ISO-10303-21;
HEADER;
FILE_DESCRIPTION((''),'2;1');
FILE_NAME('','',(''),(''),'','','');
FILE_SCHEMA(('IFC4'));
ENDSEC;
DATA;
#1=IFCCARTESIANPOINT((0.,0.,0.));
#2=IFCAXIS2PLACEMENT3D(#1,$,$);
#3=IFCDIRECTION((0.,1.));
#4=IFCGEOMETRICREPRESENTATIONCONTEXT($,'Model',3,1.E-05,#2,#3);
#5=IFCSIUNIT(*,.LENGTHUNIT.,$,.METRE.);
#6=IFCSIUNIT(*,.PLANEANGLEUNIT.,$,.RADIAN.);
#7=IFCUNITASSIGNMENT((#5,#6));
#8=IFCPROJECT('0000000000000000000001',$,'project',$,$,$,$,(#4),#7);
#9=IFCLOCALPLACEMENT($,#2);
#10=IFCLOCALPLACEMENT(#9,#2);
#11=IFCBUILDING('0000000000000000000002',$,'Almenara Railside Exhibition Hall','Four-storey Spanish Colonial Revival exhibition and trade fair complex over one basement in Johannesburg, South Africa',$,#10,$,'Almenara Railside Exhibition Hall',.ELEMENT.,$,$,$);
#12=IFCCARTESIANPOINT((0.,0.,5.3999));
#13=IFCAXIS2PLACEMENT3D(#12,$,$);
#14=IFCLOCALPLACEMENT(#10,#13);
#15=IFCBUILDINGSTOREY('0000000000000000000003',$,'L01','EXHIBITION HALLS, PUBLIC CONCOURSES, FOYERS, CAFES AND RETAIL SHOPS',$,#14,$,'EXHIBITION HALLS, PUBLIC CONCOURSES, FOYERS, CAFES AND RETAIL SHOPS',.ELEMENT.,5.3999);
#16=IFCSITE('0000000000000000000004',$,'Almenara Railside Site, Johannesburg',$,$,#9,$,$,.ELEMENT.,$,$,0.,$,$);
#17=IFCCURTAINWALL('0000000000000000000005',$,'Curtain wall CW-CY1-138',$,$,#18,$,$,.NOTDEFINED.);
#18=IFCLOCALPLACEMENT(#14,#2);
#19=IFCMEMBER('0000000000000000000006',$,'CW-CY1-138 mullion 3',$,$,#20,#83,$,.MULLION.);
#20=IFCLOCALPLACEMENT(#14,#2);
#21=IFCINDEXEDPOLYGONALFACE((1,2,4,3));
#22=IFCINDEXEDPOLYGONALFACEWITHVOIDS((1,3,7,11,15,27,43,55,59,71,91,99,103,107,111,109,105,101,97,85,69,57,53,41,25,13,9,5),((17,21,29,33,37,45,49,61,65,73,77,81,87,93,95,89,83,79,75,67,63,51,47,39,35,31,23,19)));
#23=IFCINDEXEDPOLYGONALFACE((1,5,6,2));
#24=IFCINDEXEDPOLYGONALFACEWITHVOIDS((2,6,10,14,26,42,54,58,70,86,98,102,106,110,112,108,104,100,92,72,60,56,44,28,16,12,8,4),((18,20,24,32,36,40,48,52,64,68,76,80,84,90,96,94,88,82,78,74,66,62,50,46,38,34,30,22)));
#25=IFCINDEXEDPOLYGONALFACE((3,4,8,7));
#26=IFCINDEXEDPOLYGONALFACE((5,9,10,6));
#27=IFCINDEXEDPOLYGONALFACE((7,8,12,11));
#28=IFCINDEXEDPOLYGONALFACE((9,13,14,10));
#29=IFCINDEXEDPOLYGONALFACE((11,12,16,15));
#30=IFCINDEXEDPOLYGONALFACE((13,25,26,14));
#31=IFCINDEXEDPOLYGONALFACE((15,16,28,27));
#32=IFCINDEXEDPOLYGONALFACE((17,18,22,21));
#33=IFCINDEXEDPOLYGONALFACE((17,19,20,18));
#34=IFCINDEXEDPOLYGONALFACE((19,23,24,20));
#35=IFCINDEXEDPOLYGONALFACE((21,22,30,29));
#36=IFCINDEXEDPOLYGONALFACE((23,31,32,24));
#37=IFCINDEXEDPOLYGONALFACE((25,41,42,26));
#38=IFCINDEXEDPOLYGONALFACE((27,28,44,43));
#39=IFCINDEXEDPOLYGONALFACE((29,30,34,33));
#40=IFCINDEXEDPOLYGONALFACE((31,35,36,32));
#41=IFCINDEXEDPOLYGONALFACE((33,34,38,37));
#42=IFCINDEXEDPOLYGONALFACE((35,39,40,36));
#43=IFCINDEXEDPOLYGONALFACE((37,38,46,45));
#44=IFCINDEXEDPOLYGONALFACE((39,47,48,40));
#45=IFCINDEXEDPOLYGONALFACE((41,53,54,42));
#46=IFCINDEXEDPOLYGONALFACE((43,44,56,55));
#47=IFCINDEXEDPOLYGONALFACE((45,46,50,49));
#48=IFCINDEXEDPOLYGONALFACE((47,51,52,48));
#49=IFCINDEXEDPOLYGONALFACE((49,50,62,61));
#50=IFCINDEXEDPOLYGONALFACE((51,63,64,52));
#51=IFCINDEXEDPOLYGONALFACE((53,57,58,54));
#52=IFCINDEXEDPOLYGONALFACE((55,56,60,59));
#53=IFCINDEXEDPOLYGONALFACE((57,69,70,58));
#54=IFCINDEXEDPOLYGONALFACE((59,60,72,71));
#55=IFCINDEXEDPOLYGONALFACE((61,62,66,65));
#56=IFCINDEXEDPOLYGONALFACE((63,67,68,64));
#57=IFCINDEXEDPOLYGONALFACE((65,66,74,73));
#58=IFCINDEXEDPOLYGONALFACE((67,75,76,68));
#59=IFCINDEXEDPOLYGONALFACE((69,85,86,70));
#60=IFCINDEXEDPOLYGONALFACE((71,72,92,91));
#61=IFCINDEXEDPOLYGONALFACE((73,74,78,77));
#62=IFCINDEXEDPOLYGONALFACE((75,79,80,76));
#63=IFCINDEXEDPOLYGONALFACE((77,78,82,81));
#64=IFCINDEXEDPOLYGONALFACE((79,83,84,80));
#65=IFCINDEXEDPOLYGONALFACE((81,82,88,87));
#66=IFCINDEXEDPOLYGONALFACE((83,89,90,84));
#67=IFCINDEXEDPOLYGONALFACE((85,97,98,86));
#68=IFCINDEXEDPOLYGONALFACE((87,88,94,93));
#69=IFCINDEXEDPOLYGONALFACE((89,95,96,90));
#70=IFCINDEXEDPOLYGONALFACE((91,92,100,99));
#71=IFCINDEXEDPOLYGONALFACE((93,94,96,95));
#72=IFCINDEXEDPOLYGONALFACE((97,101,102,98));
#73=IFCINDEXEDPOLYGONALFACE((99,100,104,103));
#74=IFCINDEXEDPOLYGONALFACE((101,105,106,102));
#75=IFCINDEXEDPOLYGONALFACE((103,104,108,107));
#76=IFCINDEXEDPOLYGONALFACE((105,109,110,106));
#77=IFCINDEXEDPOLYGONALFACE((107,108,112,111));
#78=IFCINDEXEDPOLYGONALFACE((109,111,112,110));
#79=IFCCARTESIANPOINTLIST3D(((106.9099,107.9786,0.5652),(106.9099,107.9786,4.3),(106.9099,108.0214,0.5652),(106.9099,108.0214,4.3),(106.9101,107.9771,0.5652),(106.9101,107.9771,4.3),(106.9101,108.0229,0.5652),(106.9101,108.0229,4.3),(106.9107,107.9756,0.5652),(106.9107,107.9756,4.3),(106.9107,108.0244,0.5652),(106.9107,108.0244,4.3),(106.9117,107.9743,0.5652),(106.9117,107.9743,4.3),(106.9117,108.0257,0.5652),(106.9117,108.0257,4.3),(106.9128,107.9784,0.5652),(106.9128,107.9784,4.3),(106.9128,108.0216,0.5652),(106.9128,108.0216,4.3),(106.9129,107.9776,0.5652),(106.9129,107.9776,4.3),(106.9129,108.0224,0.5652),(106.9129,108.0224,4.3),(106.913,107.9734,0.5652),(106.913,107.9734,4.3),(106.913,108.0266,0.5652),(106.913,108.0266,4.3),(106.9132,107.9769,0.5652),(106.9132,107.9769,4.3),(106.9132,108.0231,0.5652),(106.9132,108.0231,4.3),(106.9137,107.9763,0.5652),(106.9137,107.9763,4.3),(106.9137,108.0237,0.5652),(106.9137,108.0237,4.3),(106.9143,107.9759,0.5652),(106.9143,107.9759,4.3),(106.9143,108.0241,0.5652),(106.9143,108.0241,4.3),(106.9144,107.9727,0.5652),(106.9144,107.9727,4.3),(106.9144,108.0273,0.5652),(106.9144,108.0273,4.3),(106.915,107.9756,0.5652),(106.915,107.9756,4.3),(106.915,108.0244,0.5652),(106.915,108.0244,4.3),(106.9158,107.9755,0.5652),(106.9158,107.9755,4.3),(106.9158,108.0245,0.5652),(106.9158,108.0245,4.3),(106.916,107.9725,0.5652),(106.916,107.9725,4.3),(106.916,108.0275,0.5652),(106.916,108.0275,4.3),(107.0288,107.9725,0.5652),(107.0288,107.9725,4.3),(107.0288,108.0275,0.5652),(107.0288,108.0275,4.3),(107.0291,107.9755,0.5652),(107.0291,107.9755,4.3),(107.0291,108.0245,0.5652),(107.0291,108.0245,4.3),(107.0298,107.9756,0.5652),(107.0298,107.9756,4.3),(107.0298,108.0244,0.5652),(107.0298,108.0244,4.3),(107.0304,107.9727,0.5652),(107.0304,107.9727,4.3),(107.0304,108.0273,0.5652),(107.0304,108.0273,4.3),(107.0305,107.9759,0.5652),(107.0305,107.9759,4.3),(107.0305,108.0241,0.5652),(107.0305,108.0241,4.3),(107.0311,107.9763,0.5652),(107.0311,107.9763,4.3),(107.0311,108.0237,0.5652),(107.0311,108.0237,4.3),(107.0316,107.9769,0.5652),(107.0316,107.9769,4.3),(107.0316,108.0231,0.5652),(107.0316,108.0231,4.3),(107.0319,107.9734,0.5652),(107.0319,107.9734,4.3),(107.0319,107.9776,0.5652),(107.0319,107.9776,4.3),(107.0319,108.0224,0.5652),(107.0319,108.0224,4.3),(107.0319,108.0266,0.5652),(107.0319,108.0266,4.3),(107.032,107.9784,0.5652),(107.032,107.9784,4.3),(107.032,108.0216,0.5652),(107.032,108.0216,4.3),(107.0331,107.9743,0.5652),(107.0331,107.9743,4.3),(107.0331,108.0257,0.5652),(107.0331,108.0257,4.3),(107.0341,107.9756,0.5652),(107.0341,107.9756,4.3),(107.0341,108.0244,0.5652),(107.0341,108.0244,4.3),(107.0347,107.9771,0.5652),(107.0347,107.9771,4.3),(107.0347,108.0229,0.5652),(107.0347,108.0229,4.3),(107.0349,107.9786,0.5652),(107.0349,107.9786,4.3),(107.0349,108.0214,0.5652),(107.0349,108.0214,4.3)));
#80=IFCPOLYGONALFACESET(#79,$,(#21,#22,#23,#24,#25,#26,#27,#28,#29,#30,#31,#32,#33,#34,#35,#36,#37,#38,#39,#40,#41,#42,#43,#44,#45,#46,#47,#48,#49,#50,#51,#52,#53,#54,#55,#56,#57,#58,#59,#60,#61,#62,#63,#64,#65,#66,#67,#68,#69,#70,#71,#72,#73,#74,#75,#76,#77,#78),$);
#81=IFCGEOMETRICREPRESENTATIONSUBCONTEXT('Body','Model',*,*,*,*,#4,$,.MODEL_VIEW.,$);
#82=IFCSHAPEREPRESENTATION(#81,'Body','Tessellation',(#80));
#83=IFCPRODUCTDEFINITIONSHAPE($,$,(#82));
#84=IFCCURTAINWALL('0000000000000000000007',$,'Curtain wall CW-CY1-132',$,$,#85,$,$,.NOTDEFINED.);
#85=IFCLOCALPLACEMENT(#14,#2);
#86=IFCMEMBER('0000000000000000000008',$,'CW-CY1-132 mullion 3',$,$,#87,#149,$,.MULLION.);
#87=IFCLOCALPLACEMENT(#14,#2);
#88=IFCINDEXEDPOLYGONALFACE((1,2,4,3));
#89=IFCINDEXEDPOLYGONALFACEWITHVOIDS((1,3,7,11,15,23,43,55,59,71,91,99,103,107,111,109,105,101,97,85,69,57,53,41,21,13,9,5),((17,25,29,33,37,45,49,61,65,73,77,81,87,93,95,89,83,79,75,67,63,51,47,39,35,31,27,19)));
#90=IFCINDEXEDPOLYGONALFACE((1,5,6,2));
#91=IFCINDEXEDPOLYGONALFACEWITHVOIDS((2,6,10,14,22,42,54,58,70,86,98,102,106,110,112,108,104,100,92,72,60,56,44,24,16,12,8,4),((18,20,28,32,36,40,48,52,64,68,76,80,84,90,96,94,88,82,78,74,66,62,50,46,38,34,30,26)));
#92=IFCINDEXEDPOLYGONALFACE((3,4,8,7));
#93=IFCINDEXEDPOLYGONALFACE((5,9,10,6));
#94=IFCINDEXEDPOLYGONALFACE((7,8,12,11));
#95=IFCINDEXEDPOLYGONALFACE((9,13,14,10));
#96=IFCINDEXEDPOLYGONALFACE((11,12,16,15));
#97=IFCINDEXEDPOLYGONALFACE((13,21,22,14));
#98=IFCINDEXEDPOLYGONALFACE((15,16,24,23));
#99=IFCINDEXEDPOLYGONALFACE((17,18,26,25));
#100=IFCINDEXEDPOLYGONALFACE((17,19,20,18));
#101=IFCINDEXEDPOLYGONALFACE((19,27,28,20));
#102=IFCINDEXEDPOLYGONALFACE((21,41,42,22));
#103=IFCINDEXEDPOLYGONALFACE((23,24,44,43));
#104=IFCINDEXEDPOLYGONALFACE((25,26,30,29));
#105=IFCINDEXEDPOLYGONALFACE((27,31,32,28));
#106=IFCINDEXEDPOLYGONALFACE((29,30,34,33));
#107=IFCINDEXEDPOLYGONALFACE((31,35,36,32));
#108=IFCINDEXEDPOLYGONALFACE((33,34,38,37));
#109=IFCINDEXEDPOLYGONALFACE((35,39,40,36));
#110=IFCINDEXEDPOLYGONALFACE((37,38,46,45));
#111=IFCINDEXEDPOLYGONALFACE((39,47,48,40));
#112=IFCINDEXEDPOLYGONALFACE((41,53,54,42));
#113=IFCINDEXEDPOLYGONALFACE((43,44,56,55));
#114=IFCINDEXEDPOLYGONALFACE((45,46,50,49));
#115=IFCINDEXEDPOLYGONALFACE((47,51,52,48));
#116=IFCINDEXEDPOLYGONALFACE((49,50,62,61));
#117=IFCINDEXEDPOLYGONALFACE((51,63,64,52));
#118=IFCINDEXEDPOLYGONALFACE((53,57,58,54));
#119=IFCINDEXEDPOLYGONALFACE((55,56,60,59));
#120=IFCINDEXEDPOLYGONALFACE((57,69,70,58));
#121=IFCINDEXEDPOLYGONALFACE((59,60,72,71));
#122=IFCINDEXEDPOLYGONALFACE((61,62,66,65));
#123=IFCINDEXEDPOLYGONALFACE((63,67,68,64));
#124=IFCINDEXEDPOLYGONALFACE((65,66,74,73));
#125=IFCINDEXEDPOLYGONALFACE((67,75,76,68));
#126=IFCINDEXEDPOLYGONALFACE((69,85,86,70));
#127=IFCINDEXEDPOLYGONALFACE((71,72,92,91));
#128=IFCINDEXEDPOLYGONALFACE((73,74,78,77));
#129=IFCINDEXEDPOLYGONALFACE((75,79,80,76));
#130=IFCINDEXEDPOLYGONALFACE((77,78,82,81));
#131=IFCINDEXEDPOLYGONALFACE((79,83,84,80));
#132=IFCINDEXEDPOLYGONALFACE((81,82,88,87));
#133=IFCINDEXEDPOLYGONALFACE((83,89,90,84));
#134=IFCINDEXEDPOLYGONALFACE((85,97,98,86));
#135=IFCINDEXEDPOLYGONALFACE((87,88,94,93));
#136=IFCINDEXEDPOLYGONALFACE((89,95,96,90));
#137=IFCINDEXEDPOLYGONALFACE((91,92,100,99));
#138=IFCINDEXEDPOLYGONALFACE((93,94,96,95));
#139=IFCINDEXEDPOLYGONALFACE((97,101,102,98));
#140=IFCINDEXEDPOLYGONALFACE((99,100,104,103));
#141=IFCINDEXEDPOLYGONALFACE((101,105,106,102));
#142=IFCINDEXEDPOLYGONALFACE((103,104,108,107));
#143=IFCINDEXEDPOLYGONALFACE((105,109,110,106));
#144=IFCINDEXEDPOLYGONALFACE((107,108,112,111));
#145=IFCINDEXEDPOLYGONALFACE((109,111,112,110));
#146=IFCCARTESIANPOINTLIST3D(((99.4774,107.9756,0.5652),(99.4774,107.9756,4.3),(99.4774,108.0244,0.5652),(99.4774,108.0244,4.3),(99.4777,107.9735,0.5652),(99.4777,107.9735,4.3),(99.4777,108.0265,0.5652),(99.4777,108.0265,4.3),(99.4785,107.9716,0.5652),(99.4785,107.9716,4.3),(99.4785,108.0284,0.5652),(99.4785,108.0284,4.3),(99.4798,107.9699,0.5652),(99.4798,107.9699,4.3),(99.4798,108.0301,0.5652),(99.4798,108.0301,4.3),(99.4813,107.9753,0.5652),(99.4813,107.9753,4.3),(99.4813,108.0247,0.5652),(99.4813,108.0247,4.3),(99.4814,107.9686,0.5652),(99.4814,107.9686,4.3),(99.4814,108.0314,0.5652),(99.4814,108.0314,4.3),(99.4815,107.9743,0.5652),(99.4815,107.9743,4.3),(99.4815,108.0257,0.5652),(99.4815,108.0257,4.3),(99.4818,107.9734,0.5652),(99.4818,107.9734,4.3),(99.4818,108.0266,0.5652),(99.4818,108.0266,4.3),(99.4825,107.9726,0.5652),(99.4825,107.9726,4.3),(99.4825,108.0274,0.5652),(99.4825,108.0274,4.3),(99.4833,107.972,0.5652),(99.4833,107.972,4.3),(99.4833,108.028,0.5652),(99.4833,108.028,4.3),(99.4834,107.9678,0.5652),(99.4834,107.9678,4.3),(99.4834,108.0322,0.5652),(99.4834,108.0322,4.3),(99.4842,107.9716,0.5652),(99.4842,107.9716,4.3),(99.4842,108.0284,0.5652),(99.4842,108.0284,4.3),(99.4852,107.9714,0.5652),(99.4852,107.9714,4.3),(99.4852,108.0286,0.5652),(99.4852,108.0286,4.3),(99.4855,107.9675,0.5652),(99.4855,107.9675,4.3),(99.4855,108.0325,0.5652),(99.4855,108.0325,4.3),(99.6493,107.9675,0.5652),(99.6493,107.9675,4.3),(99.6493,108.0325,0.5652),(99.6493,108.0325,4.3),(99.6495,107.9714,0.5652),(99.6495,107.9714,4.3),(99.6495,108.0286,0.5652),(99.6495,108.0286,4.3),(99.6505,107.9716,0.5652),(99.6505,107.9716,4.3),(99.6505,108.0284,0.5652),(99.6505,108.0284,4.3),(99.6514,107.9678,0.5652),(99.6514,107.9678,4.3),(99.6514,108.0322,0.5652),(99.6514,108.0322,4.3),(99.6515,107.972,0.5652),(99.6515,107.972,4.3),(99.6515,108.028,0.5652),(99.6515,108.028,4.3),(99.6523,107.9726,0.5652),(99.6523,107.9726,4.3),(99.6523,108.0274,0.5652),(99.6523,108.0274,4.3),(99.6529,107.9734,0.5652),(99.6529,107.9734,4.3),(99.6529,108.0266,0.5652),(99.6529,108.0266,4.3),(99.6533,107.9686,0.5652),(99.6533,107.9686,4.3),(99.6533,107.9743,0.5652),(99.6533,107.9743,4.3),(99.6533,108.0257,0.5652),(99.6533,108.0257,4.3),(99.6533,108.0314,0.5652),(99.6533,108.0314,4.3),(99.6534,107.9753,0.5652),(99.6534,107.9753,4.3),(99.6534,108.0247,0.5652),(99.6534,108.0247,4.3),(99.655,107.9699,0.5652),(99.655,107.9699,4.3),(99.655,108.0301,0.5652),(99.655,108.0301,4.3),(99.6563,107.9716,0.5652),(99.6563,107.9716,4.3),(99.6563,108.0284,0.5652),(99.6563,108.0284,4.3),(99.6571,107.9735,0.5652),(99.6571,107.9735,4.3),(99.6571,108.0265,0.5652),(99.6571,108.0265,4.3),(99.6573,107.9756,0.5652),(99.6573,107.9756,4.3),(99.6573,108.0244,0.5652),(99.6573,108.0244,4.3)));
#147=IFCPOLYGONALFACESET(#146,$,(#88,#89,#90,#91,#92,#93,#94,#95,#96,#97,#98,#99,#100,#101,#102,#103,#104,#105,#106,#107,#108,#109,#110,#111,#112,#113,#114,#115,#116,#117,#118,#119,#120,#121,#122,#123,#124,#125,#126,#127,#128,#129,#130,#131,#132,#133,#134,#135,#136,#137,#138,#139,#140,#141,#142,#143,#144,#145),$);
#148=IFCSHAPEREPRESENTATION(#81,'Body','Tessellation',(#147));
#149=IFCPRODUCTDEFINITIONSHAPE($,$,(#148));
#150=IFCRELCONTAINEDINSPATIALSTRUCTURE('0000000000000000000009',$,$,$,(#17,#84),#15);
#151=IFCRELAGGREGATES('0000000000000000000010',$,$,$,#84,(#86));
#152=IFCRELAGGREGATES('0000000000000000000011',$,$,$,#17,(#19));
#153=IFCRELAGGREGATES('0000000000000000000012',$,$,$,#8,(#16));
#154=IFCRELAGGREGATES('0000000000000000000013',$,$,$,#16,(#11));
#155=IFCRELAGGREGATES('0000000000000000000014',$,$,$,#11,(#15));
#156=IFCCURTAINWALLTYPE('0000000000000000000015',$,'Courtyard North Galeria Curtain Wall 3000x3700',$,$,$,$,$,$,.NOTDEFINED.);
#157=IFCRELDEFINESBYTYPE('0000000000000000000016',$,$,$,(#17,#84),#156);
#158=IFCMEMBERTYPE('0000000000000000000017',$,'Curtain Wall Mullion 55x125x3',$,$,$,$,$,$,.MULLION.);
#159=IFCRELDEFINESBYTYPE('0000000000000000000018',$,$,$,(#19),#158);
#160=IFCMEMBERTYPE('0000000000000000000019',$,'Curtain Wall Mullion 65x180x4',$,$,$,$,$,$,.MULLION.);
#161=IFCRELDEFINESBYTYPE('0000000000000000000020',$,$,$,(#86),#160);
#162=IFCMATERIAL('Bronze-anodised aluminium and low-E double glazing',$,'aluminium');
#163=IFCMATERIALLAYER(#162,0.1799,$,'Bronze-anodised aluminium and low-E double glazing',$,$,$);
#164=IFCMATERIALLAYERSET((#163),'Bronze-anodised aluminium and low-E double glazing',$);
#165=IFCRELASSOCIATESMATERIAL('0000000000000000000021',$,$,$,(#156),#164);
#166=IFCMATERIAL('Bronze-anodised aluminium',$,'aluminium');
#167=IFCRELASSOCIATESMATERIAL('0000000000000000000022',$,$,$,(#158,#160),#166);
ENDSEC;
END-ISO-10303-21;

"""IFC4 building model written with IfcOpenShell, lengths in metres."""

from ifc_helpers import new_model, si_unit, direction, frame, origin, origin_2d, place, context, subcontext, project, spatial, hollow_rectangle, extrude, material, layer, layer_set, material_profile, profile_set, type_object, element, aggregate, save


model = new_model("IFC4")

# Units and contexts
model_context = context("Model", 3, precision=1e-05, world=origin(), true_north=direction((0.0, 1.0)))
body_context = subcontext(model_context, "Body", "Model", "MODEL_VIEW")
ifc_project = project(units=[si_unit("LENGTHUNIT", "METRE"), si_unit("PLANEANGLEUNIT", "RADIAN")], contexts=[model_context])

# Site, building, storey
site_placement = place(None, origin())
site = spatial("IfcSite", under=ifc_project, at=site_placement, Name="Almenara Railside Site, Johannesburg", CompositionType="ELEMENT", RefElevation=0.0)
building_placement = place(site_placement, origin())
building = spatial("IfcBuilding", under=site, at=building_placement, Name="Almenara Railside Exhibition Hall", Description="Four-storey Spanish Colonial Revival exhibition and trade fair complex over one basement in Johannesburg, South Africa", LongName="Almenara Railside Exhibition Hall", CompositionType="ELEMENT")
storey_placement = place(building_placement, frame((0.0, 0.0, 5.3999)))
storey = spatial("IfcBuildingStorey", under=building, at=storey_placement, Name="L01", Description="EXHIBITION HALLS, PUBLIC CONCOURSES, FOYERS, CAFES AND RETAIL SHOPS", LongName="EXHIBITION HALLS, PUBLIC CONCOURSES, FOYERS, CAFES AND RETAIL SHOPS", CompositionType="ELEMENT", Elevation=5.3999)

# Curtain wall, member
ifc_material_1 = material(Name="Bronze-anodised aluminium and low-E double glazing", Category="aluminium")
ifc_layer_1 = layer(ifc_material_1, 0.1799, Name="Bronze-anodised aluminium and low-E double glazing")
ifc_layer_set_1 = layer_set([ifc_layer_1], Name="Bronze-anodised aluminium and low-E double glazing")
curtain_wall_type = type_object("IfcCurtainWallType", Name="Courtyard North Galeria Curtain Wall 3000x3700", PredefinedType="NOTDEFINED", material=ifc_layer_set_1)
curtain_wall_1_placement = place(storey_placement, origin())
curtain_wall_1 = element("IfcCurtainWall", 1, at=curtain_wall_1_placement, inside=storey, type_object=curtain_wall_type, Name="Curtain wall CW-CY1-138", PredefinedType="NOTDEFINED")
ifc_material_2 = material(Name="Bronze-anodised aluminium", Category="aluminium")
ifc_material_profile_1 = material_profile(ifc_material_2, hollow_rectangle(XDim=0.0549, YDim=0.125, WallThickness=0.0029, InnerFilletRadius=0.0029, OuterFilletRadius=0.0061, at=origin_2d()), Name="ALU-MUL 55x125x3")
ifc_profile_set_1 = profile_set([ifc_material_profile_1], Name="Bronze-anodised aluminium")
member_type_1 = type_object("IfcMemberType", Name="Curtain Wall Mullion 55x125x3", PredefinedType="MULLION", material=ifc_profile_set_1)
member_1_placement = place(storey_placement, frame((106.9724, 108.0, 0.5652), z_axis=(0.0, 0.0, 1.0), x_axis=(0.0, 1.0, 0.0)))
member_1 = element("IfcMember", 2, at=member_1_placement, type_object=member_type_1, Name="CW-CY1-138 mullion 3", PredefinedType="MULLION", context=body_context, shape_type="SweptSolid", body=[
    extrude(hollow_rectangle(XDim=0.0549, YDim=0.125, WallThickness=0.0029, InnerFilletRadius=0.0029, OuterFilletRadius=0.0061, at=origin_2d()), origin(), (0.0, 0.0, 1.0), 3.7349),
])

# Curtain wall, member
curtain_wall_2_placement = place(storey_placement, origin())
curtain_wall_2 = element("IfcCurtainWall", 3, at=curtain_wall_2_placement, inside=storey, type_object=curtain_wall_type, Name="Curtain wall CW-CY1-132", PredefinedType="NOTDEFINED")
ifc_material_profile_2 = material_profile(ifc_material_2, hollow_rectangle(XDim=0.0649, YDim=0.1799, WallThickness=0.0039, InnerFilletRadius=0.0039, OuterFilletRadius=0.0081, at=origin_2d()), Name="ALU-MUL 65x180x4")
ifc_profile_set_2 = profile_set([ifc_material_profile_2], Name="Bronze-anodised aluminium")
member_type_2 = type_object("IfcMemberType", Name="Curtain Wall Mullion 65x180x4", PredefinedType="MULLION", material=ifc_profile_set_2)
member_2_placement = place(storey_placement, frame((99.5674, 108.0, 0.5652), z_axis=(0.0, 0.0, 1.0), x_axis=(0.0, 1.0, 0.0)))
member_2 = element("IfcMember", 4, at=member_2_placement, type_object=member_type_2, Name="CW-CY1-132 mullion 3", PredefinedType="MULLION", context=body_context, shape_type="SweptSolid", body=[
    extrude(hollow_rectangle(XDim=0.0649, YDim=0.1799, WallThickness=0.0039, InnerFilletRadius=0.0039, OuterFilletRadius=0.0081, at=origin_2d()), origin(), (0.0, 0.0, 1.0), 3.7349),
])

aggregate(curtain_wall_2, [member_2])
aggregate(curtain_wall_1, [member_1])

save(model, "model.ifc")
